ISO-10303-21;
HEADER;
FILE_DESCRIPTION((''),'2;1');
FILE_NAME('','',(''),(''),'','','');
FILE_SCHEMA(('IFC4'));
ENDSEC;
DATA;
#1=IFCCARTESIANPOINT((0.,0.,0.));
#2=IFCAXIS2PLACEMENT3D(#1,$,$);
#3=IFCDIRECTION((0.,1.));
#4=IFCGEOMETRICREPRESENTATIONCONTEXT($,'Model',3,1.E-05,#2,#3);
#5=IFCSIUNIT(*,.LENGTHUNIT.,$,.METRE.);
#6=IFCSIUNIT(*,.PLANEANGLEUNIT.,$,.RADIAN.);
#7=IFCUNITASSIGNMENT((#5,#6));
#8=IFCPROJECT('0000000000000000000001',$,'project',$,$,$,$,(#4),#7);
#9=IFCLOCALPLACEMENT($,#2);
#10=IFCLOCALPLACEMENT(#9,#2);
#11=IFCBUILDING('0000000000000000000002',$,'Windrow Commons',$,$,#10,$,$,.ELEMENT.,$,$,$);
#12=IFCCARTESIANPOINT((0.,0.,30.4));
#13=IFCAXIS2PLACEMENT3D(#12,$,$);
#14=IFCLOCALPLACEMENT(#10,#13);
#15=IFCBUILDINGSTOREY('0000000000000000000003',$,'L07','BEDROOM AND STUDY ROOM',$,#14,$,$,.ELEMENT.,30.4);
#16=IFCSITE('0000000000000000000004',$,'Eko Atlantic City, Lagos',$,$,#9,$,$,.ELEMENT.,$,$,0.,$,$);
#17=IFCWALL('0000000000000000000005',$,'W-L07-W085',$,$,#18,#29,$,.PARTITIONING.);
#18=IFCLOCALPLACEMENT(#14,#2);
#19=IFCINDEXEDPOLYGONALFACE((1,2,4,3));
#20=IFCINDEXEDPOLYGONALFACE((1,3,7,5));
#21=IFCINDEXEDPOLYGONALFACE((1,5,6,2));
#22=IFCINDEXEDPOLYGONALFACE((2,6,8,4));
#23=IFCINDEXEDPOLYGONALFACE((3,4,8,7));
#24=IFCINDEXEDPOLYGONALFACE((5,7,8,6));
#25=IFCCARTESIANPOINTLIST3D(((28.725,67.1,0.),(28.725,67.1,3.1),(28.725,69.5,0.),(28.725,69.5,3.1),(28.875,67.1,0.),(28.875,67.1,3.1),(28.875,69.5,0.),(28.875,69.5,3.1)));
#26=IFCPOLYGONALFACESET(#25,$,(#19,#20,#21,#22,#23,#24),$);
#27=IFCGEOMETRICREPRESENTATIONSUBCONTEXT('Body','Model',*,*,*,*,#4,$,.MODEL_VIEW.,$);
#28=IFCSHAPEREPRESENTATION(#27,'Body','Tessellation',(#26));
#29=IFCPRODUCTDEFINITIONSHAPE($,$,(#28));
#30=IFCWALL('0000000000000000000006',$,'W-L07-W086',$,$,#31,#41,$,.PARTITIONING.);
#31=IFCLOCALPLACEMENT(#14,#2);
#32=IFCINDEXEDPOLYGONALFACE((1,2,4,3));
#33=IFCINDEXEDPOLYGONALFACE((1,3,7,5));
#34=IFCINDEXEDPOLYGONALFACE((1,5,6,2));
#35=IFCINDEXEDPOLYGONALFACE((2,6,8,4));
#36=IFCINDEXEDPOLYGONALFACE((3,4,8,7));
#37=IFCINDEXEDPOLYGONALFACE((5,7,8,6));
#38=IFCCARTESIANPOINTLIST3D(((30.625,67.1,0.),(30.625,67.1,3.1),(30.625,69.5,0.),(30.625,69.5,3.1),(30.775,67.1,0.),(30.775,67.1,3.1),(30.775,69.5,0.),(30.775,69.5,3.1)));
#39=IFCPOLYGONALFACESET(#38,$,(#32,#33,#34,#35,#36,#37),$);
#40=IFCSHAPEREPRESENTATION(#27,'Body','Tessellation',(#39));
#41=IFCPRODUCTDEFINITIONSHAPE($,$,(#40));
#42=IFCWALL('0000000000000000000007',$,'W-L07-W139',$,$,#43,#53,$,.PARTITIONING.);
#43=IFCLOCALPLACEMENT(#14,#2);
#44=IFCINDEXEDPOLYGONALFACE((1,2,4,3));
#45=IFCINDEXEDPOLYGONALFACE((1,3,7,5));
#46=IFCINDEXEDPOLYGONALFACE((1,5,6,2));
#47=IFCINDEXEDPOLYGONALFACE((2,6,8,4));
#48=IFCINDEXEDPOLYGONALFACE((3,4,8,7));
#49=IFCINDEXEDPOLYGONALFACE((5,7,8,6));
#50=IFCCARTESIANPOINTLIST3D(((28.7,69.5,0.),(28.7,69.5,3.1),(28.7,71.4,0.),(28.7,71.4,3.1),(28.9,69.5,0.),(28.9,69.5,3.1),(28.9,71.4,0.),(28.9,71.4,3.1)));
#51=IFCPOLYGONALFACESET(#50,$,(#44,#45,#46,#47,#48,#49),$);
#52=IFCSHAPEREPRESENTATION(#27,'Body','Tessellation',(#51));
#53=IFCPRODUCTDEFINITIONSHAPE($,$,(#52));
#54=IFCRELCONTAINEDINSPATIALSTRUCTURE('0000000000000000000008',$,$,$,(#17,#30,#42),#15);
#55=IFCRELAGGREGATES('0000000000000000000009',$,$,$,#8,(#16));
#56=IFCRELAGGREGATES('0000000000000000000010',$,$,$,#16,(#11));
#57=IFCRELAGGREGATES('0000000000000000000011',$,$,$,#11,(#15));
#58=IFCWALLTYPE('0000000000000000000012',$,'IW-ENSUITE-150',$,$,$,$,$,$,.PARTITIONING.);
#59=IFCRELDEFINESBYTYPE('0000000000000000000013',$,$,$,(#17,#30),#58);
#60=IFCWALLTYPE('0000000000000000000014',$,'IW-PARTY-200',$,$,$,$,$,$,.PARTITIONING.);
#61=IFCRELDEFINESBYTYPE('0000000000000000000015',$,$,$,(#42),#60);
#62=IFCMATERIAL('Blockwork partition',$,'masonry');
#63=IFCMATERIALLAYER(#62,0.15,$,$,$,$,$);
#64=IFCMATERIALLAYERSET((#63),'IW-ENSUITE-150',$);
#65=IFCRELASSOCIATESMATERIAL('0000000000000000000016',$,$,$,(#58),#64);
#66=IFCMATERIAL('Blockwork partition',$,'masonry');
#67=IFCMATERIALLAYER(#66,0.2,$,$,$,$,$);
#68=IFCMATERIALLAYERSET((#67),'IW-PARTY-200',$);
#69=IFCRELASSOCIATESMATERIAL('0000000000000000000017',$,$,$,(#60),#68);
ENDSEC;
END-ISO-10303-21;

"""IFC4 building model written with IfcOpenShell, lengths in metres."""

from ifc_helpers import new_model, si_unit, direction, frame, frame_2d, origin, place, context, subcontext, project, spatial, rectangle, extrude, material, layer, layer_set, type_object, element, save


model = new_model("IFC4")

# Units and contexts
model_context = context("Model", 3, precision=1e-05, world=origin(), true_north=direction((0.0, 1.0)))
body_context = subcontext(model_context, "Body", "Model", "MODEL_VIEW")
ifc_project = project(units=[si_unit("LENGTHUNIT", "METRE"), si_unit("PLANEANGLEUNIT", "RADIAN")], contexts=[model_context])

# Site, building, storey
site_placement = place(None, origin())
site = spatial("IfcSite", under=ifc_project, at=site_placement, Name="Eko Atlantic City, Lagos", CompositionType="ELEMENT", RefElevation=0.0)
building_placement = place(site_placement, origin())
building = spatial("IfcBuilding", under=site, at=building_placement, Name="Windrow Commons", CompositionType="ELEMENT")
storey_placement = place(building_placement, frame((0.0, 0.0, 30.4)))
storey = spatial("IfcBuildingStorey", under=building, at=storey_placement, Name="L07", Description="BEDROOM AND STUDY ROOM", CompositionType="ELEMENT", Elevation=30.4)

# Shared definitions
ifc_material_1 = material(Name="Blockwork partition", Category="masonry")
ifc_layer_1 = layer(ifc_material_1, 0.15)
ifc_layer_set_1 = layer_set([ifc_layer_1], Name="IW-ENSUITE-150")
wall_type_1 = type_object("IfcWallType", Name="IW-ENSUITE-150", PredefinedType="PARTITIONING", material=ifc_layer_set_1)

# Walls
for number, where, z_axis, x_axis, name in (
    (1, (28.8, 67.1, 0.0), (0.0, 0.0, 1.0), (0.0, 1.0, 0.0), "W-L07-W085"),
    (2, (30.7, 67.1, 0.0), (0.0, 0.0, 1.0), (0.0, 1.0, 0.0), "W-L07-W086"),
):
    element("IfcWall", number, at=place(storey_placement, frame(where, z_axis=z_axis, x_axis=x_axis)), inside=storey, type_object=wall_type_1, Name=name, PredefinedType="PARTITIONING", context=body_context, shape_type="SweptSolid", body=[
        extrude(rectangle(XDim=2.4, YDim=0.15, at=frame_2d((1.2, 0.0))), origin(), (0.0, 0.0, 1.0), 3.1),
    ])
ifc_material_2 = material(Name="Blockwork partition", Category="masonry")
ifc_layer_2 = layer(ifc_material_2, 0.2)
ifc_layer_set_2 = layer_set([ifc_layer_2], Name="IW-PARTY-200")
wall_type_2 = type_object("IfcWallType", Name="IW-PARTY-200", PredefinedType="PARTITIONING", material=ifc_layer_set_2)
wall_1_placement = place(storey_placement, frame((28.8, 69.5, 0.0), z_axis=(0.0, 0.0, 1.0), x_axis=(0.0, 1.0, 0.0)))
element("IfcWall", 3, at=wall_1_placement, inside=storey, type_object=wall_type_2, Name="W-L07-W139", PredefinedType="PARTITIONING", context=body_context, shape_type="SweptSolid", body=[
    extrude(rectangle(XDim=1.9, YDim=0.2, at=frame_2d((0.95, 0.0))), origin(), (0.0, 0.0, 1.0), 3.1),
])

save(model, "model.ifc")
